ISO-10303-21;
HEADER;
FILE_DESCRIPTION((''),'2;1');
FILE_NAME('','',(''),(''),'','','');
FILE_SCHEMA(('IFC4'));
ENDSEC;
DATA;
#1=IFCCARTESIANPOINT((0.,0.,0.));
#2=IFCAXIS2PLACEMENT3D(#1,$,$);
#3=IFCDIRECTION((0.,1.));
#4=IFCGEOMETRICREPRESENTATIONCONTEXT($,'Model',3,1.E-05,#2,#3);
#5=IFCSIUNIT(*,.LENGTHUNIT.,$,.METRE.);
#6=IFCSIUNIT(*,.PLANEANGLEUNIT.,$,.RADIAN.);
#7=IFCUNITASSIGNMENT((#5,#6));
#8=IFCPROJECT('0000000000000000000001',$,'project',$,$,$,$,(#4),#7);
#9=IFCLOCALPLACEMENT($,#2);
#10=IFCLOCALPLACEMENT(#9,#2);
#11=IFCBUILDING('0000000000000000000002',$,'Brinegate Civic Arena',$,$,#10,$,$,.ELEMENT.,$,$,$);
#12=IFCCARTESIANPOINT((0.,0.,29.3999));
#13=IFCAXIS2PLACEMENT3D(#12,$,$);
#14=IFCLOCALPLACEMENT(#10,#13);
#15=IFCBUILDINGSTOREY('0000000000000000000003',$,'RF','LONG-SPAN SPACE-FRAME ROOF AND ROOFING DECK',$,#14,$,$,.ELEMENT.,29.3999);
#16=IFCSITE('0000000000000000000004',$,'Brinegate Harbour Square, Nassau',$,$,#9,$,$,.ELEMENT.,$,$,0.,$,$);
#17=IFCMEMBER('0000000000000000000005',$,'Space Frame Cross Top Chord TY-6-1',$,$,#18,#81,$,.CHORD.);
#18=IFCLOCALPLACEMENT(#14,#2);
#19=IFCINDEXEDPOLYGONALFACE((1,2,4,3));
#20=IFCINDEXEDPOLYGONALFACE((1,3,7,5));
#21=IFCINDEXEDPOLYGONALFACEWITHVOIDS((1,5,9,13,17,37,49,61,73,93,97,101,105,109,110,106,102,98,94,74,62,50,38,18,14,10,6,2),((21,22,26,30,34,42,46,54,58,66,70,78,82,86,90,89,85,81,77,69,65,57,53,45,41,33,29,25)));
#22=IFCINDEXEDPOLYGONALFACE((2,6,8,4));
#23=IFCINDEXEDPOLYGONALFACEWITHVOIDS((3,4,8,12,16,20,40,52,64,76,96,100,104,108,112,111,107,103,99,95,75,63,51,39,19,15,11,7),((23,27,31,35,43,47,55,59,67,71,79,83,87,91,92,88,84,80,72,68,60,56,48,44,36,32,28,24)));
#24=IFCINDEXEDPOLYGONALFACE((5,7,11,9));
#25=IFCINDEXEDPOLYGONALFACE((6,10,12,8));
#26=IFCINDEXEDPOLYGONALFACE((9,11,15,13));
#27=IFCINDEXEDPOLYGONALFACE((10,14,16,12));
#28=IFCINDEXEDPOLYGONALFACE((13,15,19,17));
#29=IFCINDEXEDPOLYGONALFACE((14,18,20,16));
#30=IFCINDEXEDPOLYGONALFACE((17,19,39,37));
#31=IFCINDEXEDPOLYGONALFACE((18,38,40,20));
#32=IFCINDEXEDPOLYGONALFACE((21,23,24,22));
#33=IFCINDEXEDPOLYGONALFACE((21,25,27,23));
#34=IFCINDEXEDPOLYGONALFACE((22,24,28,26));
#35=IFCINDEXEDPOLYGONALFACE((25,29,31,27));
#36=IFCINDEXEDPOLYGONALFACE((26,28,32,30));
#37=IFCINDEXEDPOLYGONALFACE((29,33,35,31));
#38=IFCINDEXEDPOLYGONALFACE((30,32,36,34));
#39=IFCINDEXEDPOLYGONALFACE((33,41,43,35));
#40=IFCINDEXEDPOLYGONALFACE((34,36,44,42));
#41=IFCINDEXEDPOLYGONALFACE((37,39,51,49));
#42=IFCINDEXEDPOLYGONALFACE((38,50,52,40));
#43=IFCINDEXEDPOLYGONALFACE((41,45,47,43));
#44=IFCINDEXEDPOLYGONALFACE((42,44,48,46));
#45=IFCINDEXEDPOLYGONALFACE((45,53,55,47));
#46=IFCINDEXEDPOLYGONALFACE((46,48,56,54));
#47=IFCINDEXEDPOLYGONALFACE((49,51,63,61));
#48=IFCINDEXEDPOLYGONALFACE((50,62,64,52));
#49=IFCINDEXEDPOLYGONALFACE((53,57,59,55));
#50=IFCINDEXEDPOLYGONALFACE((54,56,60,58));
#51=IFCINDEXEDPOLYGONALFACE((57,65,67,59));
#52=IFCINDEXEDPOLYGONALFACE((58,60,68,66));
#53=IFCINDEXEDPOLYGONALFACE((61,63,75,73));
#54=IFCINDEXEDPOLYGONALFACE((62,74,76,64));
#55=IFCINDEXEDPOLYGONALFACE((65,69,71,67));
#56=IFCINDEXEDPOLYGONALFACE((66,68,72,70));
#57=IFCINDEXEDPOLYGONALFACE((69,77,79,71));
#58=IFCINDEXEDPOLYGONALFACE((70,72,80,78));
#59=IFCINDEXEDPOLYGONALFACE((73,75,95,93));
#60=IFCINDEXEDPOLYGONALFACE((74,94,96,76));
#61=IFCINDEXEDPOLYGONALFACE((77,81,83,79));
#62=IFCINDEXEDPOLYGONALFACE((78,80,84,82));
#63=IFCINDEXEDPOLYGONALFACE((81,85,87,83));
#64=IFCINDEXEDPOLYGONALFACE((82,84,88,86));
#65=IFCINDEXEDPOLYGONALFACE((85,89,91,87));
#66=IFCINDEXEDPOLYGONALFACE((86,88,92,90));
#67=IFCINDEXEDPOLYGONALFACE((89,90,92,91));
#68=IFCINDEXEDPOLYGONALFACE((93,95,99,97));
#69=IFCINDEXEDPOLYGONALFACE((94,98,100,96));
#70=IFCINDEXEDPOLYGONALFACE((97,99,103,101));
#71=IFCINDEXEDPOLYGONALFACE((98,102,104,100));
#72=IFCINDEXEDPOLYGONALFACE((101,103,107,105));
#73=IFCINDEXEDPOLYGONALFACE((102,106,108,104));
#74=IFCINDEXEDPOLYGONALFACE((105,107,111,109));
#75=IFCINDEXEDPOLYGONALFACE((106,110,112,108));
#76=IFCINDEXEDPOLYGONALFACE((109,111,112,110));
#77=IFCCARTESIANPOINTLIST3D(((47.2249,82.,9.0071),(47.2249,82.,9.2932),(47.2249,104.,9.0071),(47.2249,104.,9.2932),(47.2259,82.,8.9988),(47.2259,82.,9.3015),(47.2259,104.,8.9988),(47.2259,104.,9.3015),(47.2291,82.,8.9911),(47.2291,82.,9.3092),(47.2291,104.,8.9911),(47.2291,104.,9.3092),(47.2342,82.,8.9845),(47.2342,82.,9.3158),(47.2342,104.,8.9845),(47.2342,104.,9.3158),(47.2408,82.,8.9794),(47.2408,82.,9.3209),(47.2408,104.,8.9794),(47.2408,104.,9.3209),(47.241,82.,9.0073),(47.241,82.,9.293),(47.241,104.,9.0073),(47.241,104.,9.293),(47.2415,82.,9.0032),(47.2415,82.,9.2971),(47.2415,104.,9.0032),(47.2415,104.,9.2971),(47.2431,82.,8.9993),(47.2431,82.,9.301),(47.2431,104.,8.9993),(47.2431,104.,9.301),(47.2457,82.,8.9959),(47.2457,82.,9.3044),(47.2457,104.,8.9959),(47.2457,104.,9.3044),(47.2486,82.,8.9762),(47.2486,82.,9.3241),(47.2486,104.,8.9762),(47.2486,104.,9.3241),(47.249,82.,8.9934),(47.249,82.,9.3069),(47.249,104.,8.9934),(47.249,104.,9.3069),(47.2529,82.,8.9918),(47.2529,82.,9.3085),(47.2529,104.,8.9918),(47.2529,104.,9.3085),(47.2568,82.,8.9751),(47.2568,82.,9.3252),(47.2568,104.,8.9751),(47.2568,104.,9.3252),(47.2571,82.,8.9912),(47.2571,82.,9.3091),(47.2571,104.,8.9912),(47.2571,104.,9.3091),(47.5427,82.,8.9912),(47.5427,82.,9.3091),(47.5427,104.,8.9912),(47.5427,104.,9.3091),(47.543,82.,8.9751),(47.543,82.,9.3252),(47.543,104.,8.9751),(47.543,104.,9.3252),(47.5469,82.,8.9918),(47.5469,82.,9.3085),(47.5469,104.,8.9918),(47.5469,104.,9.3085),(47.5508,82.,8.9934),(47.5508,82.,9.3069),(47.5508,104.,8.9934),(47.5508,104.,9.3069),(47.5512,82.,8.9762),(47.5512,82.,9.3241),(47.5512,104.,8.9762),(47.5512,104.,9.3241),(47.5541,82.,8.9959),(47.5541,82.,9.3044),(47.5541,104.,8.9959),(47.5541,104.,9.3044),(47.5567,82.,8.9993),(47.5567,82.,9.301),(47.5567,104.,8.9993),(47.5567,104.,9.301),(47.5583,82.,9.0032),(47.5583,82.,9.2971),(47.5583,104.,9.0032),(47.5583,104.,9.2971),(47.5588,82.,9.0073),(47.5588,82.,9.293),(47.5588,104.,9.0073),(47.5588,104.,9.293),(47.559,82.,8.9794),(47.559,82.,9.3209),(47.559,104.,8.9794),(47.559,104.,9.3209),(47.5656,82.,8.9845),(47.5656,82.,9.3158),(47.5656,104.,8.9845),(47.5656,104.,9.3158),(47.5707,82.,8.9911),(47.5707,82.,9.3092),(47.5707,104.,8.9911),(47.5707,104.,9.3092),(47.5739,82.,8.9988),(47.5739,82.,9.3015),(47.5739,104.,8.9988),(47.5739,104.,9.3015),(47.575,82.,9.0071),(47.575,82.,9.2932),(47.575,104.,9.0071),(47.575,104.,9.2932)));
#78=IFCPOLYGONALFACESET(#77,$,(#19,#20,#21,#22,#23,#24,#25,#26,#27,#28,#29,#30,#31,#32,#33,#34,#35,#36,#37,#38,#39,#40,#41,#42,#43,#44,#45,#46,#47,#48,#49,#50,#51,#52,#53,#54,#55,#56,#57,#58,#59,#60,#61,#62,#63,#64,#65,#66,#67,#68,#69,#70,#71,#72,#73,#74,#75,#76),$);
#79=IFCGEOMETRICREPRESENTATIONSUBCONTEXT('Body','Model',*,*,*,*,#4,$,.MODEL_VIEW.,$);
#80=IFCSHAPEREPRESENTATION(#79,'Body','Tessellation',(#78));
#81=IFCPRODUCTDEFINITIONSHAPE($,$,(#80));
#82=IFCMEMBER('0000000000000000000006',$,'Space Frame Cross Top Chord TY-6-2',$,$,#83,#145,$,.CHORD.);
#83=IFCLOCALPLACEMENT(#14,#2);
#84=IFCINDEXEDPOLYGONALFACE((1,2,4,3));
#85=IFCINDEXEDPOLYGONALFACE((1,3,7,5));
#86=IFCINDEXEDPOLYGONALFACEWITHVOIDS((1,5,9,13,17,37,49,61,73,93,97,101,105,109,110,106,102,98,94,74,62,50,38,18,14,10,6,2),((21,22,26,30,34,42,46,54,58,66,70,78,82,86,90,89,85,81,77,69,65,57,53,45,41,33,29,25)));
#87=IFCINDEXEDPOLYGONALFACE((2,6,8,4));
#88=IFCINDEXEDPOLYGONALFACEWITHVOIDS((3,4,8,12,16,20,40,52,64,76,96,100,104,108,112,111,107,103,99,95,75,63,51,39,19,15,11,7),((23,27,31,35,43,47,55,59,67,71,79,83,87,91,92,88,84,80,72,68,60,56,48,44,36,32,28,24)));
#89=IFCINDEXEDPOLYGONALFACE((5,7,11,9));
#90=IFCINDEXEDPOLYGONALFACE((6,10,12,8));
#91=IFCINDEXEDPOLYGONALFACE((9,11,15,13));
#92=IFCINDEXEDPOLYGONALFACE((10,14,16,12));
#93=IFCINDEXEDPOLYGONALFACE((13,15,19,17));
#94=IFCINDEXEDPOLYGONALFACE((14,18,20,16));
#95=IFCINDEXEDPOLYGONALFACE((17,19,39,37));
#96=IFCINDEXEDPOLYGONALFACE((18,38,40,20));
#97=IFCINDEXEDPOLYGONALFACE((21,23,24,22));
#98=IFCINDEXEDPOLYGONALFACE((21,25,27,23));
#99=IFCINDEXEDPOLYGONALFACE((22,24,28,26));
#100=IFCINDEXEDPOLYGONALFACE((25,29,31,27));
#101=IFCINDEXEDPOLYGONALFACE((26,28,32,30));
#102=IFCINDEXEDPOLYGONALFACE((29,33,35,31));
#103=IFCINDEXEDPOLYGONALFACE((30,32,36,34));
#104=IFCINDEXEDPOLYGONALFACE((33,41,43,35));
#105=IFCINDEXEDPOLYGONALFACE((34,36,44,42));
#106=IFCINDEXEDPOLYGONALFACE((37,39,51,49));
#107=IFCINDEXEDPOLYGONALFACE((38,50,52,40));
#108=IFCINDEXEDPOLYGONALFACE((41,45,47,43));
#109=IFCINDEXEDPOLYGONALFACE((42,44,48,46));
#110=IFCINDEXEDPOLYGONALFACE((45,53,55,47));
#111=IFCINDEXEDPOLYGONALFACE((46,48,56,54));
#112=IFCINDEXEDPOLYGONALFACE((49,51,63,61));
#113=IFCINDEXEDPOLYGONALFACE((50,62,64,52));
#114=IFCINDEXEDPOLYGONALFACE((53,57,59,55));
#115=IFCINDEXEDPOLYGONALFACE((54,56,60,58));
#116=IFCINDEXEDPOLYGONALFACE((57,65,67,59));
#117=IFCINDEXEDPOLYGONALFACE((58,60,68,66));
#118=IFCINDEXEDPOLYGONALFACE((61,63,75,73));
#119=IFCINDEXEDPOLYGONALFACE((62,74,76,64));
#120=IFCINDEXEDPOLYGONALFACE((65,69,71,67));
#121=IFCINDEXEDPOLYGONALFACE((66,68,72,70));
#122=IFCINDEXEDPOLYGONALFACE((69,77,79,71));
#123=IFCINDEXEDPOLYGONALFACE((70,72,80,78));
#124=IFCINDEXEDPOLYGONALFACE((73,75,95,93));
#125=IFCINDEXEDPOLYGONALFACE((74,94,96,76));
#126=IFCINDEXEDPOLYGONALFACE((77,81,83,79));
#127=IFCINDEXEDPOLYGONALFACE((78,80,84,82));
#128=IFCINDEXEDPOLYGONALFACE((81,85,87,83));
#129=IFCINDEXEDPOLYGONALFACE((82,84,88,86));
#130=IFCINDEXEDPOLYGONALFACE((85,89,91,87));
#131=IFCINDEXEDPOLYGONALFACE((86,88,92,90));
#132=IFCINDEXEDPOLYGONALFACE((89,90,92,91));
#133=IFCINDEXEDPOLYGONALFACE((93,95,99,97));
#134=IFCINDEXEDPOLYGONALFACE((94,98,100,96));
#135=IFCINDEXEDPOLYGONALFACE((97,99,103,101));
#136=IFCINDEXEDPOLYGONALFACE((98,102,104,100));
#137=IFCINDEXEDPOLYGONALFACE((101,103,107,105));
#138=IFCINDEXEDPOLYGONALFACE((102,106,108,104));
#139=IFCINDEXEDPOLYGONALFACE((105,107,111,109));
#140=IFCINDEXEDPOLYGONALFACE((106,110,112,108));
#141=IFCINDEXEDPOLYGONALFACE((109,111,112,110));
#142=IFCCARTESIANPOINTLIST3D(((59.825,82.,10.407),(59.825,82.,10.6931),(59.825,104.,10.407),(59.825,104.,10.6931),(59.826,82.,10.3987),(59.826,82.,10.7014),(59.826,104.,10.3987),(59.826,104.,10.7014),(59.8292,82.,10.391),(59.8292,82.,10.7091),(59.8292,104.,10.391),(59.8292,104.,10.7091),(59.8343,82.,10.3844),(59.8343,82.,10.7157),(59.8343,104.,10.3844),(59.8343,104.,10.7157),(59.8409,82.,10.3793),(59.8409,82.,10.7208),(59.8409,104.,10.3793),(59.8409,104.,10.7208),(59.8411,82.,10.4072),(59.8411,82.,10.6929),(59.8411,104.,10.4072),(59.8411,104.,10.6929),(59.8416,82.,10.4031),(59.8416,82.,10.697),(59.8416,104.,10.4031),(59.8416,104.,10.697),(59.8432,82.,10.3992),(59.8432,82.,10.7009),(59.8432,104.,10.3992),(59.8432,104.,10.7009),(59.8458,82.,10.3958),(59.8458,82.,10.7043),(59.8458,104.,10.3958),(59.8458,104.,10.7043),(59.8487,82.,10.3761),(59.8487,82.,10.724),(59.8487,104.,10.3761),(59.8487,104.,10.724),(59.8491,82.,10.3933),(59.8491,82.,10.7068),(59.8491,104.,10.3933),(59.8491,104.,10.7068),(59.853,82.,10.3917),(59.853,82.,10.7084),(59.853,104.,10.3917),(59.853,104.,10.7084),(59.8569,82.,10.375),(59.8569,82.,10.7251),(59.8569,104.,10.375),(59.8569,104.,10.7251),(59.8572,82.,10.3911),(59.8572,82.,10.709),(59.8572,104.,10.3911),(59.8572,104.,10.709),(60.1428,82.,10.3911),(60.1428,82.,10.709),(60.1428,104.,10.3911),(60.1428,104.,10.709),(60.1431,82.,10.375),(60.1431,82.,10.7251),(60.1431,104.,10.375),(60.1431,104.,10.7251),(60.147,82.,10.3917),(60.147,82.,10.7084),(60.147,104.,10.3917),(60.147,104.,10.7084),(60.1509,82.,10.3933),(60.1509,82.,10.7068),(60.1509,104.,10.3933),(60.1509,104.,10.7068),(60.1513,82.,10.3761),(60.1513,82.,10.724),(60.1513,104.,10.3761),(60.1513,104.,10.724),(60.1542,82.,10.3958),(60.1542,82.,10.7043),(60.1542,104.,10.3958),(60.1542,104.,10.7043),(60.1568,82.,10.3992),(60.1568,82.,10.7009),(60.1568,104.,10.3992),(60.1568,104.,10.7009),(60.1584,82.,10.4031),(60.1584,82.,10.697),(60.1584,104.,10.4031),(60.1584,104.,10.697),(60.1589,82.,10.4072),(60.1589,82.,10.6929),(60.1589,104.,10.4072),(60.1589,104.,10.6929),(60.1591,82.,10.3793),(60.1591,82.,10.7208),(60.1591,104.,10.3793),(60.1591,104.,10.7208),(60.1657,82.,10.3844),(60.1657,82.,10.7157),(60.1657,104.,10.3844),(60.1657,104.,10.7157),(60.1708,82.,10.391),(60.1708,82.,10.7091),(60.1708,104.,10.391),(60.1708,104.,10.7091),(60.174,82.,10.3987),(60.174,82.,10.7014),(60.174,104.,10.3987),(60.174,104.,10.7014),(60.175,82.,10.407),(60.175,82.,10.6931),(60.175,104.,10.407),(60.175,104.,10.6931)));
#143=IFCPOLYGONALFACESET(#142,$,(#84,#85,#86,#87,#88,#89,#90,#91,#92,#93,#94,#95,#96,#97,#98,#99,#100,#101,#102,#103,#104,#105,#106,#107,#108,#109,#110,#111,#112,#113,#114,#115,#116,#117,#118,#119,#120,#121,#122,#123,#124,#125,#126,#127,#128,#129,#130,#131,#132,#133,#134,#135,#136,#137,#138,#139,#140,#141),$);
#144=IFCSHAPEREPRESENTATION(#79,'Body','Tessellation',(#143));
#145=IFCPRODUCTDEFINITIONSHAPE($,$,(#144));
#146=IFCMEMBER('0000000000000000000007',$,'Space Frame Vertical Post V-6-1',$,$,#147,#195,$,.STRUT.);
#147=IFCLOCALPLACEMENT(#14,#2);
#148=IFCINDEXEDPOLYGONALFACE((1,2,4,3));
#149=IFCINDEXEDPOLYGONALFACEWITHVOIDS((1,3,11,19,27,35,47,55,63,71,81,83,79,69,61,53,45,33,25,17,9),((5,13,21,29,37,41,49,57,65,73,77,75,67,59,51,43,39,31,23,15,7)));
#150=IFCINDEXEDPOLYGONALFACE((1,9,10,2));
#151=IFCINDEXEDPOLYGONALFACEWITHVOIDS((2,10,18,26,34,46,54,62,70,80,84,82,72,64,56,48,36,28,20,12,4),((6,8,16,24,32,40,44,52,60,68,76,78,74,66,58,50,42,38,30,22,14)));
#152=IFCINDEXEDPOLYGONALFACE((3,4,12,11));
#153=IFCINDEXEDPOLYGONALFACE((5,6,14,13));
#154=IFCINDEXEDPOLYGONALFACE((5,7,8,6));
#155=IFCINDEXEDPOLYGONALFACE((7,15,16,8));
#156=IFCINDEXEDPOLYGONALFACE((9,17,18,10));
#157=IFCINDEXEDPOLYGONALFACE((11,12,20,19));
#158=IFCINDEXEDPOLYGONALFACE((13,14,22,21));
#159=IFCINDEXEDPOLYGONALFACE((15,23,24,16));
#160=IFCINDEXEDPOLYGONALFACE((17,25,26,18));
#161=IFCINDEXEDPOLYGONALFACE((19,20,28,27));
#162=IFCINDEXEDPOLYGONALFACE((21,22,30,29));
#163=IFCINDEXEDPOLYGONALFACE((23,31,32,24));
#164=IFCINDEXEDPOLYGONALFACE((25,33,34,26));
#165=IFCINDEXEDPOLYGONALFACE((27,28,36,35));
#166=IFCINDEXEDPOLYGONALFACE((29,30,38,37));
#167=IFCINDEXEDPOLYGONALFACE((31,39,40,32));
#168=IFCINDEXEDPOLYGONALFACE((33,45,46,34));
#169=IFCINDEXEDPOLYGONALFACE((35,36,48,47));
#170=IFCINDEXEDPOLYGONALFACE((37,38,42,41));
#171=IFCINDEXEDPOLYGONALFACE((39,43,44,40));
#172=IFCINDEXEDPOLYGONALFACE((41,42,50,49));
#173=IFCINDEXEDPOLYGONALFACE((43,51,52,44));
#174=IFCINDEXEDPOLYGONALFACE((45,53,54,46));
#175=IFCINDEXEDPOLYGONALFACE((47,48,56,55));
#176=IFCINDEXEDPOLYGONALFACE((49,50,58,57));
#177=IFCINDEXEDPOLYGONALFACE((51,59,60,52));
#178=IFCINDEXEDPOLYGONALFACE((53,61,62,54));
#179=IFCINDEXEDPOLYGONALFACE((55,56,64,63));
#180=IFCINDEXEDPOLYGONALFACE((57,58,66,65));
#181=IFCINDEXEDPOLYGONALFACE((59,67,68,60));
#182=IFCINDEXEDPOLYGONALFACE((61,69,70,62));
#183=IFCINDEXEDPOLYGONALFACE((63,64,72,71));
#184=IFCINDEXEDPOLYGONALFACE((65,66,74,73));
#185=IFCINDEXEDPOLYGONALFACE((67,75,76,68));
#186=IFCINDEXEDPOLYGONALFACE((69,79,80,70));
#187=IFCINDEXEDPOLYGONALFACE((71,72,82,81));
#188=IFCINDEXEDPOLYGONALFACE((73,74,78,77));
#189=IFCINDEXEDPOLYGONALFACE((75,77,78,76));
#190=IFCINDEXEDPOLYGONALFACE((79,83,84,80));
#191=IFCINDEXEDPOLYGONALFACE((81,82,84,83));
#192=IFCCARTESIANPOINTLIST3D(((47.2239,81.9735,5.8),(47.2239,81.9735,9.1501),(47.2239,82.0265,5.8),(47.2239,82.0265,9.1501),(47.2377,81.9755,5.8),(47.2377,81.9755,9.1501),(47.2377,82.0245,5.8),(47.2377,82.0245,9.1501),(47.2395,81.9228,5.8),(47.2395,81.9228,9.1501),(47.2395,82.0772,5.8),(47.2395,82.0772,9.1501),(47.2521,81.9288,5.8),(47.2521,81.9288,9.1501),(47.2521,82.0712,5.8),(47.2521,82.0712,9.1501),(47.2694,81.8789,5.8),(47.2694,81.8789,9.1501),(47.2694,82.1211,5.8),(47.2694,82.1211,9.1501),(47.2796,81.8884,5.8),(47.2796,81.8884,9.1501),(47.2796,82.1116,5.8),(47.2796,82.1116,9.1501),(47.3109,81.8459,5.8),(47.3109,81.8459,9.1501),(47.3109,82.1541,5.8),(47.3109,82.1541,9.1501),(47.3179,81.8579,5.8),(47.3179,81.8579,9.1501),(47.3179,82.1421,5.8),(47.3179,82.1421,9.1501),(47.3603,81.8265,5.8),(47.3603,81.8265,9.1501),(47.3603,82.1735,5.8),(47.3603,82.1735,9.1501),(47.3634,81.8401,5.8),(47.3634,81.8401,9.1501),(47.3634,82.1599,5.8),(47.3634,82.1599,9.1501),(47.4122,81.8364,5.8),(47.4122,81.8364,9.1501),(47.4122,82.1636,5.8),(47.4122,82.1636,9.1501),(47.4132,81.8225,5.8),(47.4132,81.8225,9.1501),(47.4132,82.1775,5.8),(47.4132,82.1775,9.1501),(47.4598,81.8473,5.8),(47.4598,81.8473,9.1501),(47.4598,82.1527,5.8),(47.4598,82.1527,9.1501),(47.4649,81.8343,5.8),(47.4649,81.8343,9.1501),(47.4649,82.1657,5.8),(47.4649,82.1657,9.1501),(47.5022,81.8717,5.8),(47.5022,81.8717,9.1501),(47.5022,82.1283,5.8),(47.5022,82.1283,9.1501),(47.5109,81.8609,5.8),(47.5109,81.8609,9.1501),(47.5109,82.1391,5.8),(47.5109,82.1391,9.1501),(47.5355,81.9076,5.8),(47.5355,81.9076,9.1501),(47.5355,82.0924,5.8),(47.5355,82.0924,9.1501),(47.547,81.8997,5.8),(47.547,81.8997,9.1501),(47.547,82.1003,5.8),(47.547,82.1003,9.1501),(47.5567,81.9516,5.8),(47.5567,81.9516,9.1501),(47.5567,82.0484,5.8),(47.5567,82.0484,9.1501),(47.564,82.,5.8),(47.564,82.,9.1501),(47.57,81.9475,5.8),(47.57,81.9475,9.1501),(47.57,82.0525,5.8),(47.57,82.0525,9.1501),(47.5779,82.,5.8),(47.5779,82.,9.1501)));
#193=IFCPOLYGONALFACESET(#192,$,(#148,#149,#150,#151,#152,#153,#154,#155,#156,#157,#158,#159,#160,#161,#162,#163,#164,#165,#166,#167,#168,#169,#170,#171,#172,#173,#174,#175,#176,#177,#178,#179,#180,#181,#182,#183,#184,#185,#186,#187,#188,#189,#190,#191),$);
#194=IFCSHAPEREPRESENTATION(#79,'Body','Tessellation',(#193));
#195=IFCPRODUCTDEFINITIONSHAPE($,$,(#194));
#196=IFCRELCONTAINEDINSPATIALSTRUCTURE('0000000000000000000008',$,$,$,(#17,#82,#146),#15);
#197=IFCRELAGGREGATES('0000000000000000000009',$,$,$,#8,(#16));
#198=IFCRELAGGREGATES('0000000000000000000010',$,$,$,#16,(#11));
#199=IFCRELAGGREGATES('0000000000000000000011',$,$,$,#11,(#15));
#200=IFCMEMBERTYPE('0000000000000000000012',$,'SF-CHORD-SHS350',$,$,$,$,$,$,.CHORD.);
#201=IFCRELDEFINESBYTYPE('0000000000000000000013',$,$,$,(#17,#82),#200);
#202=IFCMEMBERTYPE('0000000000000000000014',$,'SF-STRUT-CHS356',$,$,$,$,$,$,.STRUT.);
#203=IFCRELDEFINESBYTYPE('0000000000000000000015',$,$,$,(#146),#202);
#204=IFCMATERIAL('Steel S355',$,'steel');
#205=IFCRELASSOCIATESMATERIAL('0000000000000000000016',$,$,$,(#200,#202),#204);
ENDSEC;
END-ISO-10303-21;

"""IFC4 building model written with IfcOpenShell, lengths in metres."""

from ifc_helpers import new_model, si_unit, direction, frame, origin, origin_2d, place, context, subcontext, project, spatial, hollow_rectangle, hollow_circle, extrude, material, material_profile, profile_set, type_object, element, save


model = new_model("IFC4")

# Units and contexts
model_context = context("Model", 3, precision=1e-05, world=origin(), true_north=direction((0.0, 1.0)))
body_context = subcontext(model_context, "Body", "Model", "MODEL_VIEW")
ifc_project = project(units=[si_unit("LENGTHUNIT", "METRE"), si_unit("PLANEANGLEUNIT", "RADIAN")], contexts=[model_context])

# Site, building, storey
site_placement = place(None, origin())
site = spatial("IfcSite", under=ifc_project, at=site_placement, Name="Brinegate Harbour Square, Nassau", CompositionType="ELEMENT", RefElevation=0.0)
building_placement = place(site_placement, origin())
building = spatial("IfcBuilding", under=site, at=building_placement, Name="Brinegate Civic Arena", CompositionType="ELEMENT")
storey_placement = place(building_placement, frame((0.0, 0.0, 29.3999)))
storey = spatial("IfcBuildingStorey", under=building, at=storey_placement, Name="RF", Description="LONG-SPAN SPACE-FRAME ROOF AND ROOFING DECK", CompositionType="ELEMENT", Elevation=29.3999)

# Shared definitions
ifc_material_1 = material(Name="Steel S355", Category="steel")

# Members
ifc_material_profile_1 = material_profile(ifc_material_1, hollow_rectangle(XDim=0.3501, YDim=0.3501, WallThickness=0.0161, InnerFilletRadius=0.0161, OuterFilletRadius=0.032, at=origin_2d()), Name="SHS350X16")
ifc_profile_set_1 = profile_set([ifc_material_profile_1], Name="Steel S355")
member_type_1 = type_object("IfcMemberType", Name="SF-CHORD-SHS350", PredefinedType="CHORD", material=ifc_profile_set_1)
for number, where, z_axis, x_axis, name in (
    (1, (47.3999, 82.0, 9.1501), (0.0, 1.0, 0.0), (-1.0, 0.0, 0.0), "Space Frame Cross Top Chord TY-6-1"),
    (2, (60.0, 82.0, 10.55), (0.0, 1.0, 0.0), (-1.0, 0.0, 0.0), "Space Frame Cross Top Chord TY-6-2"),
):
    element("IfcMember", number, at=place(storey_placement, frame(where, z_axis=z_axis, x_axis=x_axis)), inside=storey, type_object=member_type_1, Name=name, PredefinedType="CHORD", context=body_context, shape_type="SweptSolid", body=[
        extrude(hollow_rectangle(XDim=0.3501, YDim=0.3501, WallThickness=0.0161, InnerFilletRadius=0.0161, OuterFilletRadius=0.032, at=origin_2d()), origin(), (0.0, 0.0, 1.0), 22.0),
    ])
ifc_material_profile_2 = material_profile(ifc_material_1, hollow_circle(Radius=0.178, WallThickness=0.0139, at=origin_2d()), Name="CHS356X14")
ifc_profile_set_2 = profile_set([ifc_material_profile_2], Name="Steel S355")
member_type_2 = type_object("IfcMemberType", Name="SF-STRUT-CHS356", PredefinedType="STRUT", material=ifc_profile_set_2)
member_1_placement = place(storey_placement, frame((47.3999, 82.0, 5.8), z_axis=(0.0, 0.0, 1.0), x_axis=(1.0, 0.0, 0.0)))
element("IfcMember", 3, at=member_1_placement, inside=storey, type_object=member_type_2, Name="Space Frame Vertical Post V-6-1", PredefinedType="STRUT", context=body_context, shape_type="SweptSolid", body=[
    extrude(hollow_circle(Radius=0.178, WallThickness=0.0139, at=origin_2d()), origin(), (0.0, 0.0, 1.0), 3.3501),
])

save(model, "model.ifc")
